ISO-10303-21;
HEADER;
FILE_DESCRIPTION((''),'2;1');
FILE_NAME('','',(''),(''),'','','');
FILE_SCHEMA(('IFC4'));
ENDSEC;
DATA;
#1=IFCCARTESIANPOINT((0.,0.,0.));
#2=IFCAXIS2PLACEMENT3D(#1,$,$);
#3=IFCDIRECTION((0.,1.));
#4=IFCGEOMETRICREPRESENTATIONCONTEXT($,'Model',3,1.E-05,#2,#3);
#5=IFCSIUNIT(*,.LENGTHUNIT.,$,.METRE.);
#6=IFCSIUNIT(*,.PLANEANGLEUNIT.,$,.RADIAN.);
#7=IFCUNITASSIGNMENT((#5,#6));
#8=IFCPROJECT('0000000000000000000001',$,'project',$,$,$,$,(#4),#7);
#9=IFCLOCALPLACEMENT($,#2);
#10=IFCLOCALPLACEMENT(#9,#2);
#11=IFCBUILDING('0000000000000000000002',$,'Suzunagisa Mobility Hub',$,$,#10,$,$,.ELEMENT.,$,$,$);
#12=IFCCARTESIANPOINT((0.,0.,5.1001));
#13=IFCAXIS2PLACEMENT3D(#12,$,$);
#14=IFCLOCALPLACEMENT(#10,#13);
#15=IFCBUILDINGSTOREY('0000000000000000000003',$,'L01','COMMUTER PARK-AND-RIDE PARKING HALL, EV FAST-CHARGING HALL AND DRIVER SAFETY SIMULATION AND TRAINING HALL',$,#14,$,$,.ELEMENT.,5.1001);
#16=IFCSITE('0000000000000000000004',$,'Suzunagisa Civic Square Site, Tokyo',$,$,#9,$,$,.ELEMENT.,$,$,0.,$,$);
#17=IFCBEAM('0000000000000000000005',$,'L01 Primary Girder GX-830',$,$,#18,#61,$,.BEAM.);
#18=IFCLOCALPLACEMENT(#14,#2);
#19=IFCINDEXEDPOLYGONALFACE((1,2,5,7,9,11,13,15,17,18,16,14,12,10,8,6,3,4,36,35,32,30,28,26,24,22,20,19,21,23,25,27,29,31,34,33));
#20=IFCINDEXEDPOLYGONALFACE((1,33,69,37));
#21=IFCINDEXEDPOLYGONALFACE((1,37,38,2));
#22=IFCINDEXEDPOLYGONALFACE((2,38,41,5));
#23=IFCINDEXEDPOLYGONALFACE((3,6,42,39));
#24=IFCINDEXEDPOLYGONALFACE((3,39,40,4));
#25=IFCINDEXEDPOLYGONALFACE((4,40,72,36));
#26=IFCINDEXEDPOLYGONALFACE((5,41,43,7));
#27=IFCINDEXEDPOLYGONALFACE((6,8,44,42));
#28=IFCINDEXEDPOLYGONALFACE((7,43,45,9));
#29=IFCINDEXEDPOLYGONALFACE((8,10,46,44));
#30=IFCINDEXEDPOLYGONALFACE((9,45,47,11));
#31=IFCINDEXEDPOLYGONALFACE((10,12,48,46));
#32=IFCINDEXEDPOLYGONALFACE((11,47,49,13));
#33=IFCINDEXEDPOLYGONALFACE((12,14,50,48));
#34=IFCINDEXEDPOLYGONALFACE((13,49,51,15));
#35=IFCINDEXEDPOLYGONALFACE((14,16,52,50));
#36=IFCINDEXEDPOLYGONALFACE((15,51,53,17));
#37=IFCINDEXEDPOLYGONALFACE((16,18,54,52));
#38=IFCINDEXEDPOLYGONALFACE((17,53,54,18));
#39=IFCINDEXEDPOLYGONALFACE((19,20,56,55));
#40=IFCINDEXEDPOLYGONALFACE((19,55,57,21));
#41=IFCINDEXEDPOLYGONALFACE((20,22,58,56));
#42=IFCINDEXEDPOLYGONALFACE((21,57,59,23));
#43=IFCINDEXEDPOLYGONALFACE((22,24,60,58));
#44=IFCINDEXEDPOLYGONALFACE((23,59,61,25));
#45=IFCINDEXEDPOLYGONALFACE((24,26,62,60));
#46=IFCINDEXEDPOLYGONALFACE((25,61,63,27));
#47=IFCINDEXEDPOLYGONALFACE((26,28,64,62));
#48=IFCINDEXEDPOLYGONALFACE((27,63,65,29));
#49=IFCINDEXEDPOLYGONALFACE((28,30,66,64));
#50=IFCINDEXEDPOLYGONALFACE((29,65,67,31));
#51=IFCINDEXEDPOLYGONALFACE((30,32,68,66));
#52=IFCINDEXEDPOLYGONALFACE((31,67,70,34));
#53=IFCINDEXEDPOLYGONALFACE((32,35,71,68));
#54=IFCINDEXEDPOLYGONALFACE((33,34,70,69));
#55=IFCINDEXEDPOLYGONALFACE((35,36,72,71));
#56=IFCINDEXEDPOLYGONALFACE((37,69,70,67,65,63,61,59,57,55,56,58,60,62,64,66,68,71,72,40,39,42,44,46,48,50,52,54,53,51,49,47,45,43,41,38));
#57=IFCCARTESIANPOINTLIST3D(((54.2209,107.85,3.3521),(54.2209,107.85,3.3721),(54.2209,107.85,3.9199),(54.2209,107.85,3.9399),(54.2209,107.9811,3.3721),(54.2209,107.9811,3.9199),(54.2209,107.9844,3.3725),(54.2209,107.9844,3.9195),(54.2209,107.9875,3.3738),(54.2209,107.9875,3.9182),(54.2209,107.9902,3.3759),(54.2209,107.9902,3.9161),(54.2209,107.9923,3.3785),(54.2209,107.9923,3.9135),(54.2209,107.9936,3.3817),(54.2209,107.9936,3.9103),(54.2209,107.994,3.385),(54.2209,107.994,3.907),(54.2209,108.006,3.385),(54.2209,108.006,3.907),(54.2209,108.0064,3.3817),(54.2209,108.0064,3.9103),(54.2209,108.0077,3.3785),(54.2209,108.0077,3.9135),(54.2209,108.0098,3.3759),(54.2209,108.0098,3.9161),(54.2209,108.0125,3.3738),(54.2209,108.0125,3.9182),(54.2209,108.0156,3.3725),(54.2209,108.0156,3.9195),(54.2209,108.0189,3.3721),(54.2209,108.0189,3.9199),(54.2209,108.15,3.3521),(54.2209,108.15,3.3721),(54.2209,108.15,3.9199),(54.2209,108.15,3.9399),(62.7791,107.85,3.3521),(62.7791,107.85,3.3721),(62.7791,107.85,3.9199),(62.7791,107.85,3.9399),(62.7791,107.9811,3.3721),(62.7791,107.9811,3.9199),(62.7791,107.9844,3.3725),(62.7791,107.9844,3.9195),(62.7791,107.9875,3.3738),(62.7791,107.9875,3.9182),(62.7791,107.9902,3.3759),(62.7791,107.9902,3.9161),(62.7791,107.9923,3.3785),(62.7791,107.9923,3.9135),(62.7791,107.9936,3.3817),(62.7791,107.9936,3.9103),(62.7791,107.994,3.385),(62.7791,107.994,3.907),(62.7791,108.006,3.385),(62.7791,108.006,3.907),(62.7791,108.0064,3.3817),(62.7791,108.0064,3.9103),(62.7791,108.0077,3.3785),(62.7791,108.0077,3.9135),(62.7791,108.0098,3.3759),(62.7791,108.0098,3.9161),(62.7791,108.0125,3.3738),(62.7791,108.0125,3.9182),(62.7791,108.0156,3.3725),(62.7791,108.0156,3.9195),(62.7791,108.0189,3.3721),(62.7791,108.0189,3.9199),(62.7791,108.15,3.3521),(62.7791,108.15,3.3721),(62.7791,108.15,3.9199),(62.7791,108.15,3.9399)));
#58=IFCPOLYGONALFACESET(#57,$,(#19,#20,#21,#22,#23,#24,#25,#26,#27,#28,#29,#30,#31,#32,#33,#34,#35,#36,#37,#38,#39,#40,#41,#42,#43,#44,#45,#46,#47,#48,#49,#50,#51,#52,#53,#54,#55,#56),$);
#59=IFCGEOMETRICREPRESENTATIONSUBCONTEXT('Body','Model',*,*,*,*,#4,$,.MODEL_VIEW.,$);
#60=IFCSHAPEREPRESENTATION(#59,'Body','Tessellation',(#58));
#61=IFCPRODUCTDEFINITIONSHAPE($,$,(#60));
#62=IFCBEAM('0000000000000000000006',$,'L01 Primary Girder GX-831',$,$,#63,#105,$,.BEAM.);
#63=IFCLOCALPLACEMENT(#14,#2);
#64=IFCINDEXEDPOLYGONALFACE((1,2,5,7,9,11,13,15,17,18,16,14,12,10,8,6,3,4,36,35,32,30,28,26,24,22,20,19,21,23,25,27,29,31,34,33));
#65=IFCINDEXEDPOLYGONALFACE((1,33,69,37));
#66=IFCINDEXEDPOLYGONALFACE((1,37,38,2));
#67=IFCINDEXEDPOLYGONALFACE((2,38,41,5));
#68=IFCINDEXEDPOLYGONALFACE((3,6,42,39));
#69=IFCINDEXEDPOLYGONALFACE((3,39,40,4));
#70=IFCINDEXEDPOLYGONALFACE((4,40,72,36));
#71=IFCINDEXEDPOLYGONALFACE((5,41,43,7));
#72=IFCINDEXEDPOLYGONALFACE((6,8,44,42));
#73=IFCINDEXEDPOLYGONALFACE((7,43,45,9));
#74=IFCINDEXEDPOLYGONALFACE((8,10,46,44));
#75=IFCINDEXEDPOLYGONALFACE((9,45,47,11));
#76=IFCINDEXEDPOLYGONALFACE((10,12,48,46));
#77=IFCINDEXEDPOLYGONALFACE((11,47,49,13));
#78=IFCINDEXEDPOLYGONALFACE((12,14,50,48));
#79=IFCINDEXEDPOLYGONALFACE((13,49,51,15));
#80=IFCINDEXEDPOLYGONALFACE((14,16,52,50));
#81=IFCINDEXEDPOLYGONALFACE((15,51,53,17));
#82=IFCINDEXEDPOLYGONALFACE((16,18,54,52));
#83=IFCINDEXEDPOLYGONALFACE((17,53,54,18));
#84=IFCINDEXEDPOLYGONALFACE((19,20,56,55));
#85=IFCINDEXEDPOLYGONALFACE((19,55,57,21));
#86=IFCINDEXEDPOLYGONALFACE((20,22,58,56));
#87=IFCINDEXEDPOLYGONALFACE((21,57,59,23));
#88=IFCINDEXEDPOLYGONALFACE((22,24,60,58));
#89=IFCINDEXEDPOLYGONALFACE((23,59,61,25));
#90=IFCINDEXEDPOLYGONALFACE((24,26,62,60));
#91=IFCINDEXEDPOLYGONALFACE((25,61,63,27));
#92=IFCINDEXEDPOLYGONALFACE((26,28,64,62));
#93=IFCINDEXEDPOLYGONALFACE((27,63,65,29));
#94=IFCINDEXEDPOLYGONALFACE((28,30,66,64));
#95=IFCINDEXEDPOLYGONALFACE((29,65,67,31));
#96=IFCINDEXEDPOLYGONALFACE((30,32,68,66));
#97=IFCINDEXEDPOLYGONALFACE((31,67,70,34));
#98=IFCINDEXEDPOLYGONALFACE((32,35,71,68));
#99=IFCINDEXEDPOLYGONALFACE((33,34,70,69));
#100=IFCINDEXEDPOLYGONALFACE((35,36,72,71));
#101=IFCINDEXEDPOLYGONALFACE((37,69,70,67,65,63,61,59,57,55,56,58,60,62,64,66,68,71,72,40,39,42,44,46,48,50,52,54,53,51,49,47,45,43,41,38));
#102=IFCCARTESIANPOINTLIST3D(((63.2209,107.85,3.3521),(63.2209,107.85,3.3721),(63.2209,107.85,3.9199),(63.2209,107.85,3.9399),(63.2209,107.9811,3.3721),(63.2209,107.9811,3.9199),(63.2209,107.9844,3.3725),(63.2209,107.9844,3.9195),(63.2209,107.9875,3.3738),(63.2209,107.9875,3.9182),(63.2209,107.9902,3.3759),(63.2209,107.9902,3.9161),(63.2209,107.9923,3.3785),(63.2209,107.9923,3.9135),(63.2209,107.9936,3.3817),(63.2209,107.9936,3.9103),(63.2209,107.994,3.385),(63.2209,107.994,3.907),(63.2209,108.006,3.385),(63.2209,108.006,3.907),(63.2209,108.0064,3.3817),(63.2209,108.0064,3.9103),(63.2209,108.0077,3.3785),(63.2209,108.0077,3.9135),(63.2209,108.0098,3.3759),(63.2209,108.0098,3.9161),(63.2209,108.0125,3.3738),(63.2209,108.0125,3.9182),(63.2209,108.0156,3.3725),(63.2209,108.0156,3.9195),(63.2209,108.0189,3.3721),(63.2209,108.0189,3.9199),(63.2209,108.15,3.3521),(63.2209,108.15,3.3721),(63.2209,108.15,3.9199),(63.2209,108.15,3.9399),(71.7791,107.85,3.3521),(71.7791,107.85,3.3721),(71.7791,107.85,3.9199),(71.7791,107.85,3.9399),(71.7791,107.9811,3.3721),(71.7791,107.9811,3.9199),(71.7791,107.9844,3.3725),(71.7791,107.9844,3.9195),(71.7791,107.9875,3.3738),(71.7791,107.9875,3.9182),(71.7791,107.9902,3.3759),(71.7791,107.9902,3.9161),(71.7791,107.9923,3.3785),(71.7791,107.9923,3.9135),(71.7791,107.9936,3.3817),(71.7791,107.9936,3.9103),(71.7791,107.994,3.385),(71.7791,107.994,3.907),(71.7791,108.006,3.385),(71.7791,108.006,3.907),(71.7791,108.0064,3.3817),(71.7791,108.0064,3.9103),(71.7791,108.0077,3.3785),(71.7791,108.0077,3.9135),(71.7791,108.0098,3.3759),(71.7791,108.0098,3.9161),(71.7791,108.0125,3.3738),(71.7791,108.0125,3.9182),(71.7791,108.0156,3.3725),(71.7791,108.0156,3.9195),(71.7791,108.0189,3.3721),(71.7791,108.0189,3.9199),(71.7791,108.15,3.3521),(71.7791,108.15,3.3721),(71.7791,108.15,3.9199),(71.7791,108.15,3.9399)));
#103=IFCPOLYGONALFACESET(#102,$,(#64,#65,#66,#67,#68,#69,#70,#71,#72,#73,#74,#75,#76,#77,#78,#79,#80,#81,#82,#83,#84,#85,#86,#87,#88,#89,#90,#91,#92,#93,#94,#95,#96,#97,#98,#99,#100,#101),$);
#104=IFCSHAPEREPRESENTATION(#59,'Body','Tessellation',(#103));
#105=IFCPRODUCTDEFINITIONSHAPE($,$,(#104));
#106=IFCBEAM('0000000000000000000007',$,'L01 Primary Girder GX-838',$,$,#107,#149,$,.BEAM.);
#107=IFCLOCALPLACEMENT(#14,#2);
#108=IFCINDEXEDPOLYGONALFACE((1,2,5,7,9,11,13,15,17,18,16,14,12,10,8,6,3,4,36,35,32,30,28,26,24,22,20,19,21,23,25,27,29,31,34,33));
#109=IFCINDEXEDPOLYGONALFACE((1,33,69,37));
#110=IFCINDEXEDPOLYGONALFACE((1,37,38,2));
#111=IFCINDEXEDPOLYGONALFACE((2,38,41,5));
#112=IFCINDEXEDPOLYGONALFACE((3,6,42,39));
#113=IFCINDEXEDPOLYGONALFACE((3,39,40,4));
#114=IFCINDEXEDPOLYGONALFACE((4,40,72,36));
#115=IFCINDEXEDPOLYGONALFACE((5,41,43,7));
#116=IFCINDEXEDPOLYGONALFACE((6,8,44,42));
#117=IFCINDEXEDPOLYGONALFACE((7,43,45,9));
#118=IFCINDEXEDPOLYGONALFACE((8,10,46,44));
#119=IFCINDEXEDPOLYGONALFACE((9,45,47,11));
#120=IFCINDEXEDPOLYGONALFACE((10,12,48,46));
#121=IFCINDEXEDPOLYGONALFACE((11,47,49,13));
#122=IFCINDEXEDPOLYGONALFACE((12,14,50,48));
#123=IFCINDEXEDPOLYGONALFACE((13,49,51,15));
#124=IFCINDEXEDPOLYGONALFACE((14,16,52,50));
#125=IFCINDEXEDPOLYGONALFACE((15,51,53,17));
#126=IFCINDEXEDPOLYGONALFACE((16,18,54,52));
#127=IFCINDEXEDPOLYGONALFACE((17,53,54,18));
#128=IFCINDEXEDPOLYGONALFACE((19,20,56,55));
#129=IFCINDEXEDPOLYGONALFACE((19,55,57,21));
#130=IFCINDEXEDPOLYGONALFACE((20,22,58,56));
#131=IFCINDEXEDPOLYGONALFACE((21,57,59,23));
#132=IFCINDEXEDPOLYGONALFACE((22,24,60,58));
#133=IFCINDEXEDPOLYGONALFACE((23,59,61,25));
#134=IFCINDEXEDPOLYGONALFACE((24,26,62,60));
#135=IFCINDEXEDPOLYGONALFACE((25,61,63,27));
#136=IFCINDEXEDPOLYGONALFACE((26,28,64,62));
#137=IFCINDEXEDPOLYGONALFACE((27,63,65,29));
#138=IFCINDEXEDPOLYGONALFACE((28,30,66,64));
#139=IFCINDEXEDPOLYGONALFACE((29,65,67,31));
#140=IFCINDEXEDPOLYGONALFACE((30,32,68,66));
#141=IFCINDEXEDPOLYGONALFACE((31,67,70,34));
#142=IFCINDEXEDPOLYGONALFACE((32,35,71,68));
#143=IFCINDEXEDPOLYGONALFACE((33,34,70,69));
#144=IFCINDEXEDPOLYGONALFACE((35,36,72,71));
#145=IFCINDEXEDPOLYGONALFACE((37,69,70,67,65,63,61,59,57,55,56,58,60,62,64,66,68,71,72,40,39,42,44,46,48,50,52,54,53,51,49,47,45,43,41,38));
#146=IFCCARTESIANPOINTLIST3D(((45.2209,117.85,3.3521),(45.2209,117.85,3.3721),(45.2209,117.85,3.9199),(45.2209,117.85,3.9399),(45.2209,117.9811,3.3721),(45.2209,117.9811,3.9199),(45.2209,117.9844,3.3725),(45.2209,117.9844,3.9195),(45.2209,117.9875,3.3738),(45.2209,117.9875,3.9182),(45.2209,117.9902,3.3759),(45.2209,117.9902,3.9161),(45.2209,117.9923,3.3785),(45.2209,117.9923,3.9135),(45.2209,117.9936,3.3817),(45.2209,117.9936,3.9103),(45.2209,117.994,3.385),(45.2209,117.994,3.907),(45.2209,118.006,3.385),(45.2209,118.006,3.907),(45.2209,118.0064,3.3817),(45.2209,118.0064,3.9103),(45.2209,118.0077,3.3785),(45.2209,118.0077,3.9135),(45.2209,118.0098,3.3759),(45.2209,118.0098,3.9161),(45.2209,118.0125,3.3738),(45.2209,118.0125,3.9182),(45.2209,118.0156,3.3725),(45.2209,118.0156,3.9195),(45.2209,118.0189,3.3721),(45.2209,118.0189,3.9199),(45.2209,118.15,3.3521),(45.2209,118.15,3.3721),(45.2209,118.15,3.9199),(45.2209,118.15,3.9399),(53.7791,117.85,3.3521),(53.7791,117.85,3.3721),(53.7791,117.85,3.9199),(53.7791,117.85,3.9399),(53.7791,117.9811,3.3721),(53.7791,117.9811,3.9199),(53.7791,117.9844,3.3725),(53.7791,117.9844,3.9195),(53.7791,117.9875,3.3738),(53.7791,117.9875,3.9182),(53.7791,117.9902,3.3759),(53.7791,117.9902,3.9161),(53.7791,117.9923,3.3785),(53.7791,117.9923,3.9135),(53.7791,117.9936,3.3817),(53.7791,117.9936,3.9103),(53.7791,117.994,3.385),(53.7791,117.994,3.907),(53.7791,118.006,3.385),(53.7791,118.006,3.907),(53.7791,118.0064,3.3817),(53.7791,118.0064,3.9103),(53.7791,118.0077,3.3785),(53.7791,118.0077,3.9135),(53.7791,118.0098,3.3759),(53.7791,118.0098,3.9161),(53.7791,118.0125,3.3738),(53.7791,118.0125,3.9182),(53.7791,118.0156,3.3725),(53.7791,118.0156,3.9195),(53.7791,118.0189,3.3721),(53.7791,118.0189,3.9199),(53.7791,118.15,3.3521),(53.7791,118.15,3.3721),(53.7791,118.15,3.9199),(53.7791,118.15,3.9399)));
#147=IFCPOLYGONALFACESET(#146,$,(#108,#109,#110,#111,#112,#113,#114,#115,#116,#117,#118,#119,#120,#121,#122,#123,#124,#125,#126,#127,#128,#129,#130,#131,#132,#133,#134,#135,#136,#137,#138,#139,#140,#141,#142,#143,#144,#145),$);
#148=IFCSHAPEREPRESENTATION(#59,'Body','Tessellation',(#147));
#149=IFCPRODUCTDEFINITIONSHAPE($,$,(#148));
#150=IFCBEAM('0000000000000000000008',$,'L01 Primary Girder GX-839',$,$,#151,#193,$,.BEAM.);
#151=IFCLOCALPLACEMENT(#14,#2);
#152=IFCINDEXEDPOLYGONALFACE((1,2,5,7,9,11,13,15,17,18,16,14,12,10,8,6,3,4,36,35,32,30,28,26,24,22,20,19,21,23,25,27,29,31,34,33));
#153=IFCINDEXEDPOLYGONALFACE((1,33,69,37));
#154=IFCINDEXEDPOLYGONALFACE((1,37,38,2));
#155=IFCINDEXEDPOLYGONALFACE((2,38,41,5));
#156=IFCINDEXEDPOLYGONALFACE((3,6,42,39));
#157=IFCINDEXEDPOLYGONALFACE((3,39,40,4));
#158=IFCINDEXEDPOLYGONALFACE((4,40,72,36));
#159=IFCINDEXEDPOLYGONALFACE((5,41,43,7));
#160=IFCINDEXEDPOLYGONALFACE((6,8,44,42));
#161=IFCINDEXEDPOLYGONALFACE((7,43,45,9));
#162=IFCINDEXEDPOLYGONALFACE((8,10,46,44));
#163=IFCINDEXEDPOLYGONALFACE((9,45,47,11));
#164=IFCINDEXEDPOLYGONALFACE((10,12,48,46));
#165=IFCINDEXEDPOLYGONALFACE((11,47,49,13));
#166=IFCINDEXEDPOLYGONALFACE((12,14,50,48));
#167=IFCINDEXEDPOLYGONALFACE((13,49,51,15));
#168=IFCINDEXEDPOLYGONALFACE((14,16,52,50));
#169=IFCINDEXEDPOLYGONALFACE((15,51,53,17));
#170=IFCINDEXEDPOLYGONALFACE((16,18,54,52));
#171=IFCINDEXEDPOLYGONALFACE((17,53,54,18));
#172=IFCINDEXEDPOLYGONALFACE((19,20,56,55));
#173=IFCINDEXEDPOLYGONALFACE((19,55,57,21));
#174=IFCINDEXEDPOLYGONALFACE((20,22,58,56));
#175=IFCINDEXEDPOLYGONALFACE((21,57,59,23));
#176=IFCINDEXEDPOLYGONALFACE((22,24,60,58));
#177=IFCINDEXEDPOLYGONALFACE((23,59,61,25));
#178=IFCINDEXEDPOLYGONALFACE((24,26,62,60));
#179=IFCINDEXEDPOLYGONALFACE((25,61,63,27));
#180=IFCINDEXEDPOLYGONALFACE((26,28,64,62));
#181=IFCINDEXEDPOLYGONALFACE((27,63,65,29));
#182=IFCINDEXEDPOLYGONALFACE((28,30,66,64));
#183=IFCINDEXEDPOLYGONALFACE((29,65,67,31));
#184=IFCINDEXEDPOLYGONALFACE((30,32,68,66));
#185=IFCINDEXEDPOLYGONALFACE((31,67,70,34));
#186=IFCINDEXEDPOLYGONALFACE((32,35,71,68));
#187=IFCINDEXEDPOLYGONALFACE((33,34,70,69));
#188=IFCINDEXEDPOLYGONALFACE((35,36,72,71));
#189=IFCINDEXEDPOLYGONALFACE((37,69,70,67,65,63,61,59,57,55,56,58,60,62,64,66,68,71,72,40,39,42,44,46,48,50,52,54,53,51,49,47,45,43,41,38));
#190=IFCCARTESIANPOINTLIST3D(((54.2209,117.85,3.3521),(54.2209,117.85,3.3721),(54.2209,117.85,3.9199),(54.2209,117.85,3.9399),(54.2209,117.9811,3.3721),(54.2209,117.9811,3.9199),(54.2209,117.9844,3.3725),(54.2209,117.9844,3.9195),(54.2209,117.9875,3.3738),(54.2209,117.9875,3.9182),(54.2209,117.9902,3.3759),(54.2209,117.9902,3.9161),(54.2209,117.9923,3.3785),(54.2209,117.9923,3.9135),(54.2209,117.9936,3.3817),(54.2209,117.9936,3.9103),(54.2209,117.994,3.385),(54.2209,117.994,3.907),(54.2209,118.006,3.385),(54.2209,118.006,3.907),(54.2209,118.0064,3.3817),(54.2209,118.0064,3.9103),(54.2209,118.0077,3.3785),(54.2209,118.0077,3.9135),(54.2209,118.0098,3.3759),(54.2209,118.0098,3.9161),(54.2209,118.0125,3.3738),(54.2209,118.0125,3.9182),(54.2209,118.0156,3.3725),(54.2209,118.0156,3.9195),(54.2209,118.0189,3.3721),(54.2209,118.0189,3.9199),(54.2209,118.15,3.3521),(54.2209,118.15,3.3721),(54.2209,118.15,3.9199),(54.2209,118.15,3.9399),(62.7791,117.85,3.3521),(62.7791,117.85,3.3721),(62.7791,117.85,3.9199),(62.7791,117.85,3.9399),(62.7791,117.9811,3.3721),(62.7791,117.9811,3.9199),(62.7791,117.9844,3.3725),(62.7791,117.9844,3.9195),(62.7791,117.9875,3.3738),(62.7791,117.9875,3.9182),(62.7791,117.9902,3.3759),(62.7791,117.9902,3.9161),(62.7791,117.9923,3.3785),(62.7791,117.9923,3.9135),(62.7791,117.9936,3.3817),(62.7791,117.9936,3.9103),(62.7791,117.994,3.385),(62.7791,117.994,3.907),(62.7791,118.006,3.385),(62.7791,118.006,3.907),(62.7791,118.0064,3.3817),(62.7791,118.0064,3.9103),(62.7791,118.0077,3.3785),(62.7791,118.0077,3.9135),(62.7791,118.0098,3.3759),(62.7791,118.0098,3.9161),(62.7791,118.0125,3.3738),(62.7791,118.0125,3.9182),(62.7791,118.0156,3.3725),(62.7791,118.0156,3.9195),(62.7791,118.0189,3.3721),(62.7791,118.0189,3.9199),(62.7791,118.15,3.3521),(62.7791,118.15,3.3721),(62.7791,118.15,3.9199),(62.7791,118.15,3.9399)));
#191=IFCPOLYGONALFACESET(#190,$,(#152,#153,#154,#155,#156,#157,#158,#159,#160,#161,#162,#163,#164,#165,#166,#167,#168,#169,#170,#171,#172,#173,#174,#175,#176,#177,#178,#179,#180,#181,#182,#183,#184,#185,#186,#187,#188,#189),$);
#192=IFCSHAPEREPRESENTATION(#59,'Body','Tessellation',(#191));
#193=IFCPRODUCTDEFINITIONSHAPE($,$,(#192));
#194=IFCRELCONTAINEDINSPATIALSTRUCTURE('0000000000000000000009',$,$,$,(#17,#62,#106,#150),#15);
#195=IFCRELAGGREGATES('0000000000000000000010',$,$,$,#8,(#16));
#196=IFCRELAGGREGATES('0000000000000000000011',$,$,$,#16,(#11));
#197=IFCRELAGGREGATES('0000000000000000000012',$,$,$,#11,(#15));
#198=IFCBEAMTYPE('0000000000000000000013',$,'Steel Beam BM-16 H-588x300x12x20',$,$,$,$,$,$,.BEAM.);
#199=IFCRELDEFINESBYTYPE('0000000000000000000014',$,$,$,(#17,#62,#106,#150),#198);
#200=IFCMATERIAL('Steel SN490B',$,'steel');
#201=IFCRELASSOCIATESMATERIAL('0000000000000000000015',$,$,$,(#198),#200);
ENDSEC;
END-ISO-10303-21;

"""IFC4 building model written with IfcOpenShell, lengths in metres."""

from ifc_helpers import new_model, si_unit, direction, frame, origin, origin_2d, place, context, subcontext, project, spatial, i_section, extrude, material, material_profile, profile_set, type_object, element, save


model = new_model("IFC4")

# Units and contexts
model_context = context("Model", 3, precision=1e-05, world=origin(), true_north=direction((0.0, 1.0)))
body_context = subcontext(model_context, "Body", "Model", "MODEL_VIEW")
ifc_project = project(units=[si_unit("LENGTHUNIT", "METRE"), si_unit("PLANEANGLEUNIT", "RADIAN")], contexts=[model_context])

# Site, building, storey
site_placement = place(None, origin())
site = spatial("IfcSite", under=ifc_project, at=site_placement, Name="Suzunagisa Civic Square Site, Tokyo", CompositionType="ELEMENT", RefElevation=0.0)
building_placement = place(site_placement, origin())
building = spatial("IfcBuilding", under=site, at=building_placement, Name="Suzunagisa Mobility Hub", CompositionType="ELEMENT")
storey_placement = place(building_placement, frame((0.0, 0.0, 5.1001)))
storey = spatial("IfcBuildingStorey", under=building, at=storey_placement, Name="L01", Description="COMMUTER PARK-AND-RIDE PARKING HALL, EV FAST-CHARGING HALL AND DRIVER SAFETY SIMULATION AND TRAINING HALL", CompositionType="ELEMENT", Elevation=5.1001)

# Shared definitions
ifc_material_1 = material(Name="Steel SN490B", Category="steel")

# Beams
ifc_material_profile_1 = material_profile(ifc_material_1, i_section(OverallWidth=0.3, OverallDepth=0.5879, WebThickness=0.012, FlangeThickness=0.02, FilletRadius=0.0129, at=origin_2d()), Name="H-588x300x12x20")
ifc_profile_set_1 = profile_set([ifc_material_profile_1], Name="Steel SN490B")
beam_type_1 = type_object("IfcBeamType", Name="Steel Beam BM-16 H-588x300x12x20", PredefinedType="BEAM", material=ifc_profile_set_1)
for number, where, z_axis, x_axis, name in (
    (1, (54.2209, 108.0, 3.646), (1.0, 0.0, 0.0), (0.0, 1.0, 0.0), "L01 Primary Girder GX-830"),
    (2, (63.2209, 108.0, 3.646), (1.0, 0.0, 0.0), (0.0, 1.0, 0.0), "L01 Primary Girder GX-831"),
    (3, (45.2209, 118.0, 3.646), (1.0, 0.0, 0.0), (0.0, 1.0, 0.0), "L01 Primary Girder GX-838"),
    (4, (54.2209, 118.0, 3.646), (1.0, 0.0, 0.0), (0.0, 1.0, 0.0), "L01 Primary Girder GX-839"),
):
    element("IfcBeam", number, at=place(storey_placement, frame(where, z_axis=z_axis, x_axis=x_axis)), inside=storey, type_object=beam_type_1, Name=name, PredefinedType="BEAM", context=body_context, shape_type="SweptSolid", body=[
        extrude(i_section(OverallWidth=0.3, OverallDepth=0.5879, WebThickness=0.012, FlangeThickness=0.02, FilletRadius=0.0129, at=origin_2d()), origin(), (0.0, 0.0, 1.0), 8.5581),
    ])

save(model, "model.ifc")
